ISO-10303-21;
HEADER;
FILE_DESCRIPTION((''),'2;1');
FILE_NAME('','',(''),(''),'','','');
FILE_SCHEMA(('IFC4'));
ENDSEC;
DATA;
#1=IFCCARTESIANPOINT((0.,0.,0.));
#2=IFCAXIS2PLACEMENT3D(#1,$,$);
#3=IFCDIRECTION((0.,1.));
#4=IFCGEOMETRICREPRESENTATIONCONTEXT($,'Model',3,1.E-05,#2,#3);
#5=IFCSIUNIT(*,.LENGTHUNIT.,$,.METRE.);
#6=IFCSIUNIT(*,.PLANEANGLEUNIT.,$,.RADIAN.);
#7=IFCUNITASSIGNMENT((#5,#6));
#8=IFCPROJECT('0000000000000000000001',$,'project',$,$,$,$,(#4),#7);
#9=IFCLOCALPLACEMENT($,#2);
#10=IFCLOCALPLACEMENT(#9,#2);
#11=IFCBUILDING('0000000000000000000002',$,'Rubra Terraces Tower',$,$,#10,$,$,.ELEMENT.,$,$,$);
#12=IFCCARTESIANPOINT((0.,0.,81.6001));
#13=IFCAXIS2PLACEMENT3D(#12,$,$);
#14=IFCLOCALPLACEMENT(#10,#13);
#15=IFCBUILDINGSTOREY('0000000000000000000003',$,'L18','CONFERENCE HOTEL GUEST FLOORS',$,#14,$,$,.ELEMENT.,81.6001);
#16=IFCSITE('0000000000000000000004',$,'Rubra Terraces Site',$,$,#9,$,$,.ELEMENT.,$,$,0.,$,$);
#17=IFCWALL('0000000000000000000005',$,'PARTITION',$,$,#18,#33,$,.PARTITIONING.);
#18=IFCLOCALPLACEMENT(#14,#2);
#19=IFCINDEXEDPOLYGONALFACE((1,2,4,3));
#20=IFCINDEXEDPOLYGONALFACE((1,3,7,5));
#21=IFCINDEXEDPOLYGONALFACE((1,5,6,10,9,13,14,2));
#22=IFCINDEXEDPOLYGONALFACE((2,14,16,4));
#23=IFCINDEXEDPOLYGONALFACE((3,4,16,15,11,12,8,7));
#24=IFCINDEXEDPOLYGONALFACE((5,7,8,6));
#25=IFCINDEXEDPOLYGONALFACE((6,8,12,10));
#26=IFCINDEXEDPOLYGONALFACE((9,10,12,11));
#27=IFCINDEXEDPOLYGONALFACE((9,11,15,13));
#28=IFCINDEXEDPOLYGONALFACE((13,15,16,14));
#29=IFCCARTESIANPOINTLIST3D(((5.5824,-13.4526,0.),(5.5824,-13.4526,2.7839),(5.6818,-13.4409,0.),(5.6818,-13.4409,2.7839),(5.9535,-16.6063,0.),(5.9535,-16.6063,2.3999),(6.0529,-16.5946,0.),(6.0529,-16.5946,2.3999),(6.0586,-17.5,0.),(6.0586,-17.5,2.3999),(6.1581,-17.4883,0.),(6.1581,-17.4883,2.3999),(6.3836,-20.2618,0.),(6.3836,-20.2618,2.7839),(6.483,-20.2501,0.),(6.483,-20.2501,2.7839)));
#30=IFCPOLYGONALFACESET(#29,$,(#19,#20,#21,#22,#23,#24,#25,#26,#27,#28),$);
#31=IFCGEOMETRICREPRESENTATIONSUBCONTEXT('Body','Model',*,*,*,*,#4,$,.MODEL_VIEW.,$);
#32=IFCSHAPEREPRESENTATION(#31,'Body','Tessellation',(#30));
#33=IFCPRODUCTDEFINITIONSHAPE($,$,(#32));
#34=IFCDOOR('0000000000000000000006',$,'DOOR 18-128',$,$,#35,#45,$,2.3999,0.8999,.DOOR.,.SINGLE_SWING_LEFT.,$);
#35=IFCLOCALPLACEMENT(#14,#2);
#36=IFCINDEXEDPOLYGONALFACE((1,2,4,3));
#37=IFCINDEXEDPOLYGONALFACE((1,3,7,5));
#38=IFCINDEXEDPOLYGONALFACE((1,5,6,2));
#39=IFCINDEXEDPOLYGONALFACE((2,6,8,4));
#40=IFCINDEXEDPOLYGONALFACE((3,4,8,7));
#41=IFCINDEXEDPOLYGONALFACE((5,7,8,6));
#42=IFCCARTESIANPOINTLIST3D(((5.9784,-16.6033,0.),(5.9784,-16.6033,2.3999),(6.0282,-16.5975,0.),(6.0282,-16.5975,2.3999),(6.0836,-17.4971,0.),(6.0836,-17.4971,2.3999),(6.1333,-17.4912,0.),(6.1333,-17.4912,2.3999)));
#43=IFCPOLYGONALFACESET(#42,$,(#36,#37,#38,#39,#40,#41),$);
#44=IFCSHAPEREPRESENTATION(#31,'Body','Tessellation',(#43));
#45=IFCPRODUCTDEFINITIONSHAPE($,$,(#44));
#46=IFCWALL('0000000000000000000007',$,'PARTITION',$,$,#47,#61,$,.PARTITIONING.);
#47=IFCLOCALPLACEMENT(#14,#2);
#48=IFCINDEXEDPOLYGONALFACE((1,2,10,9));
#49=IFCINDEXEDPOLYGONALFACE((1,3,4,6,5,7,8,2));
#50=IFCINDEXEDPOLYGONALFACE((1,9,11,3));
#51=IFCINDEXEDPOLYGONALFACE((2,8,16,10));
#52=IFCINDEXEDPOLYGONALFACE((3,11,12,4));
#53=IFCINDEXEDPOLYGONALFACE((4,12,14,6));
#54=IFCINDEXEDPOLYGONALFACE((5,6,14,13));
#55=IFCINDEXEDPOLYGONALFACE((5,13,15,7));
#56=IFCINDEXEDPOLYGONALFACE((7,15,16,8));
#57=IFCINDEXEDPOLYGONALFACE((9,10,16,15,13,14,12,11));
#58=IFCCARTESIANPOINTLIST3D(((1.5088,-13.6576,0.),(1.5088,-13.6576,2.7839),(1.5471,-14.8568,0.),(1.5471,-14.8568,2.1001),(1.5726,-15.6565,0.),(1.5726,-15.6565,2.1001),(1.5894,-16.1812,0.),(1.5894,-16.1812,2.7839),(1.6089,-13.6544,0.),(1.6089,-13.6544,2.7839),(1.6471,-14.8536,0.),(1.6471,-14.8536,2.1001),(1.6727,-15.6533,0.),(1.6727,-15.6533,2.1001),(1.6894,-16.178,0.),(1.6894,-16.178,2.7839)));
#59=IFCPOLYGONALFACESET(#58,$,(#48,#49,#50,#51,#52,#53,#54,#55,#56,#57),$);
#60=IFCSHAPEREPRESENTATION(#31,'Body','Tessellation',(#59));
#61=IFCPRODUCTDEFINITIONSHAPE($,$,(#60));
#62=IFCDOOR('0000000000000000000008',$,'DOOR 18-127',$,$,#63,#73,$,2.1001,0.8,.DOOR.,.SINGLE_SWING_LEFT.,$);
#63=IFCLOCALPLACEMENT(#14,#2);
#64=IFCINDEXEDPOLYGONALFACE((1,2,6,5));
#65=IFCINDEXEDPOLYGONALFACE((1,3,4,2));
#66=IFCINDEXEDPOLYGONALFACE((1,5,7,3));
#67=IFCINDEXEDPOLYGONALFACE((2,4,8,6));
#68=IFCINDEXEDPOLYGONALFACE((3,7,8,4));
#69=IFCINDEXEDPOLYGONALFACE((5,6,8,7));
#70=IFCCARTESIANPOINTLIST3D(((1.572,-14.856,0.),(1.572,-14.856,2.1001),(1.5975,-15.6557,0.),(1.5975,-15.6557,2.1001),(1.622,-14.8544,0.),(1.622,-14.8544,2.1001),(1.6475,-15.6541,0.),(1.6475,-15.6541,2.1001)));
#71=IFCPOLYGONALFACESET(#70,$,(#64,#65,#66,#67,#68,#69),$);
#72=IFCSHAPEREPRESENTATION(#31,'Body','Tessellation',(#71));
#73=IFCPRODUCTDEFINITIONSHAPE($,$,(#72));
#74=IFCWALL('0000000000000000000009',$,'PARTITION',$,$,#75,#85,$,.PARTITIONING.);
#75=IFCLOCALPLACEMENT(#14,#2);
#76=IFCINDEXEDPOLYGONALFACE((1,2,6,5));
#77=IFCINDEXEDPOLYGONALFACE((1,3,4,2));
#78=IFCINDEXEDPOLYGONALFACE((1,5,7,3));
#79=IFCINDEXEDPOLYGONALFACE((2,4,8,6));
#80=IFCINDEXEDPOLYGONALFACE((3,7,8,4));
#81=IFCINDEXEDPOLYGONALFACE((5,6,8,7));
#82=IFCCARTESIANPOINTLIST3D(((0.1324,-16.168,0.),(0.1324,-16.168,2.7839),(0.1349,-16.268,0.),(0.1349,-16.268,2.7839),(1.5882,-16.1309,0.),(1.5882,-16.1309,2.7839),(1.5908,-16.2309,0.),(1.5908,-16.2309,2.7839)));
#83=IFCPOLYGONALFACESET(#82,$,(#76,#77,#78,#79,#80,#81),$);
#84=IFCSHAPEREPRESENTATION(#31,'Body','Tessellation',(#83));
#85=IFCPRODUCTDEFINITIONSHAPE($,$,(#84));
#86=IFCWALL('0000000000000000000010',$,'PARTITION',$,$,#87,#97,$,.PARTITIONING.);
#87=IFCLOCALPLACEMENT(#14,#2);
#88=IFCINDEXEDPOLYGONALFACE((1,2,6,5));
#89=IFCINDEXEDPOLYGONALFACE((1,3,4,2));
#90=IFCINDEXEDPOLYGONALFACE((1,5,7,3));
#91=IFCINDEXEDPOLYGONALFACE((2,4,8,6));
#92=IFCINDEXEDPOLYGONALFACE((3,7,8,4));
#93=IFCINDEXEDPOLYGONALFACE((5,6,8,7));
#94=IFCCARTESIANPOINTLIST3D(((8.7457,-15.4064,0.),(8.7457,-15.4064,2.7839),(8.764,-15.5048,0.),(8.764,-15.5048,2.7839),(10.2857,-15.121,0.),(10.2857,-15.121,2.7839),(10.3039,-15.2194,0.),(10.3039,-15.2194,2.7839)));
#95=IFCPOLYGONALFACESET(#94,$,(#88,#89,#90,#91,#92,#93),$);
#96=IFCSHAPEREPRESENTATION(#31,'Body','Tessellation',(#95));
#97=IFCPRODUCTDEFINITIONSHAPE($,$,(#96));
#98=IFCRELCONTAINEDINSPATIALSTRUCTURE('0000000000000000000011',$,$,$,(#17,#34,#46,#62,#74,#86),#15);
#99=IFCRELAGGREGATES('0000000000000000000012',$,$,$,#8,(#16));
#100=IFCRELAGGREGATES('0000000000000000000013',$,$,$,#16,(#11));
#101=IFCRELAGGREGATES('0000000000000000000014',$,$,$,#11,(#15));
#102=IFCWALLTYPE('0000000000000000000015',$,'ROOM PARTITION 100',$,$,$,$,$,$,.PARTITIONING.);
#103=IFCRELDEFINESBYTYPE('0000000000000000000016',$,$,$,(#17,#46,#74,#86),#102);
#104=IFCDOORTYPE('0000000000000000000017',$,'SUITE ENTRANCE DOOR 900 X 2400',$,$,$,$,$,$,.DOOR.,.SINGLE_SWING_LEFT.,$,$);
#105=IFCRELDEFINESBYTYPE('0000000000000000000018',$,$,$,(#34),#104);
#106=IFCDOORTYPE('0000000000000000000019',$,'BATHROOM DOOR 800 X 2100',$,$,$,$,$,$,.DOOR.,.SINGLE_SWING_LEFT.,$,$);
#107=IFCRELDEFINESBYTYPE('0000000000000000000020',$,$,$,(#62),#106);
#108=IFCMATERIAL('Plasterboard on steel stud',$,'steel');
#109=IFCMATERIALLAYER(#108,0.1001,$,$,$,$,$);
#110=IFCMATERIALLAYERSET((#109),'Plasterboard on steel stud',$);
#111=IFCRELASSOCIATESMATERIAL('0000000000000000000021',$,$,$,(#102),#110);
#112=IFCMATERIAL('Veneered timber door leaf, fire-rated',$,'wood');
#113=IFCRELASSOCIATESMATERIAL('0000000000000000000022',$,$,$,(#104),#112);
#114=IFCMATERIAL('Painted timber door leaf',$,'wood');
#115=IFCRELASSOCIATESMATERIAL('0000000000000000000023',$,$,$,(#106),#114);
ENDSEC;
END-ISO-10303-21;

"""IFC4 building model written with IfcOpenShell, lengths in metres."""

from ifc_helpers import new_model, si_unit, direction, frame, frame_2d, origin, place, context, subcontext, project, spatial, rectangle, extrude, material, layer, layer_set, type_object, element, fill, save


model = new_model("IFC4")

# Units and contexts
model_context = context("Model", 3, precision=1e-05, world=origin(), true_north=direction((0.0, 1.0)))
body_context = subcontext(model_context, "Body", "Model", "MODEL_VIEW")
ifc_project = project(units=[si_unit("LENGTHUNIT", "METRE"), si_unit("PLANEANGLEUNIT", "RADIAN")], contexts=[model_context])

# Site, building, storey
site_placement = place(None, origin())
site = spatial("IfcSite", under=ifc_project, at=site_placement, Name="Rubra Terraces Site", CompositionType="ELEMENT", RefElevation=0.0)
building_placement = place(site_placement, origin())
building = spatial("IfcBuilding", under=site, at=building_placement, Name="Rubra Terraces Tower", CompositionType="ELEMENT")
storey_placement = place(building_placement, frame((0.0, 0.0, 81.6001)))
storey = spatial("IfcBuildingStorey", under=building, at=storey_placement, Name="L18", Description="CONFERENCE HOTEL GUEST FLOORS", CompositionType="ELEMENT", Elevation=81.6001)

# Walls, openings, doors
ifc_material_1 = material(Name="Plasterboard on steel stud", Category="steel")
ifc_layer_1 = layer(ifc_material_1, 0.1001)
ifc_layer_set_1 = layer_set([ifc_layer_1], Name="Plasterboard on steel stud")
wall_type_1 = type_object("IfcWallType", Name="ROOM PARTITION 100", PredefinedType="PARTITIONING", material=ifc_layer_set_1)
wall_1_placement = place(storey_placement, frame((6.4333, -20.2561, 0.0), z_axis=(0.0, 0.0, 1.0), x_axis=(-0.116866, 0.993148, 0.0)))
wall_1 = element("IfcWall", 1, at=wall_1_placement, inside=storey, type_object=wall_type_1, Name="PARTITION", PredefinedType="PARTITIONING", context=body_context, shape_type="SweptSolid", body=[
    extrude(rectangle(XDim=6.8562, YDim=0.1001, at=frame_2d((3.4282, 0.0))), origin(), (0.0, 0.0, 1.0), 2.7839),
])
opening_1_placement = place(wall_1_placement, frame((2.781, 0.0, 0.0)))
opening_1 = element("IfcOpeningElement", 2, at=opening_1_placement, cuts=wall_1, PredefinedType="OPENING", context=body_context, shape_type="SweptSolid", body=[
    extrude(rectangle(XDim=0.8999, YDim=2.3999, at=frame_2d((0.45, 1.2))), frame((0.0, 0.0601, 0.0), z_axis=(0.0, -1.0, 0.0), x_axis=(1.0, 0.0, 0.0)), (0.0, 0.0, 1.0), 0.1201),
])
ifc_material_2 = material(Name="Veneered timber door leaf, fire-rated", Category="wood")
door_type_1 = type_object("IfcDoorType", Name="SUITE ENTRANCE DOOR 900 X 2400", OperationType="SINGLE_SWING_LEFT", PredefinedType="DOOR", material=ifc_material_2)
door_1_placement = place(opening_1_placement, origin())
door_1 = element("IfcDoor", 3, at=door_1_placement, inside=storey, type_object=door_type_1, Name="DOOR 18-128", OperationType="SINGLE_SWING_LEFT", OverallHeight=2.3999, OverallWidth=0.8999, PredefinedType="DOOR", context=body_context, shape_type="SweptSolid", body=[
    extrude(rectangle(XDim=0.8999, YDim=2.3999, at=frame_2d((0.45, 1.2))), frame((0.0, 0.0249, 0.0), z_axis=(0.0, -1.0, 0.0), x_axis=(1.0, 0.0, 0.0)), (0.0, 0.0, 1.0), 0.05),
])
fill(opening_1, door_1)
wall_2_placement = place(storey_placement, frame((1.5588, -13.656, 0.0), z_axis=(0.0, 0.0, 1.0), x_axis=(0.031908, -0.999491, 0.0)))
wall_2 = element("IfcWall", 4, at=wall_2_placement, inside=storey, type_object=wall_type_1, Name="PARTITION", PredefinedType="PARTITIONING", context=body_context, shape_type="SweptSolid", body=[
    extrude(rectangle(XDim=2.5249, YDim=0.1001, at=frame_2d((1.2625, 0.0))), origin(), (0.0, 0.0, 1.0), 2.7839),
])
opening_2_placement = place(wall_2_placement, frame((1.2, 0.0, 0.0)))
opening_2 = element("IfcOpeningElement", 5, at=opening_2_placement, cuts=wall_2, PredefinedType="OPENING", context=body_context, shape_type="SweptSolid", body=[
    extrude(rectangle(XDim=0.8, YDim=2.1001, at=frame_2d((0.3999, 1.05))), frame((0.0, 0.0601, 0.0), z_axis=(0.0, -1.0, 0.0), x_axis=(1.0, 0.0, 0.0)), (0.0, 0.0, 1.0), 0.1201),
])
ifc_material_3 = material(Name="Painted timber door leaf", Category="wood")
door_type_2 = type_object("IfcDoorType", Name="BATHROOM DOOR 800 X 2100", OperationType="SINGLE_SWING_LEFT", PredefinedType="DOOR", material=ifc_material_3)
door_2_placement = place(opening_2_placement, origin())
door_2 = element("IfcDoor", 6, at=door_2_placement, inside=storey, type_object=door_type_2, Name="DOOR 18-127", OperationType="SINGLE_SWING_LEFT", OverallHeight=2.1001, OverallWidth=0.8, PredefinedType="DOOR", context=body_context, shape_type="SweptSolid", body=[
    extrude(rectangle(XDim=0.8, YDim=2.1001, at=frame_2d((0.3999, 1.05))), frame((0.0, 0.0249, 0.0), z_axis=(0.0, -1.0, 0.0), x_axis=(1.0, 0.0, 0.0)), (0.0, 0.0, 1.0), 0.05),
])
fill(opening_2, door_2)

# Walls
wall_3_placement = place(storey_placement, frame((1.5894, -16.1809, 0.0), z_axis=(0.0, 0.0, 1.0), x_axis=(-0.999675, -0.025482, 0.0)))
element("IfcWall", 7, at=wall_3_placement, inside=storey, type_object=wall_type_1, Name="PARTITION", PredefinedType="PARTITIONING", context=body_context, shape_type="SweptSolid", body=[
    extrude(rectangle(XDim=1.4563, YDim=0.1001, at=frame_2d((0.728, 0.0))), origin(), (0.0, 0.0, 1.0), 2.7839),
])
wall_4_placement = place(storey_placement, frame((10.2949, -15.1702, 0.0), z_axis=(0.0, 0.0, 1.0), x_axis=(-0.983258, -0.182218, 0.0)))
element("IfcWall", 8, at=wall_4_placement, inside=storey, type_object=wall_type_1, Name="PARTITION", PredefinedType="PARTITIONING", context=body_context, shape_type="SweptSolid", body=[
    extrude(rectangle(XDim=1.5662, YDim=0.1001, at=frame_2d((0.7832, 0.0))), origin(), (0.0, 0.0, 1.0), 2.7839),
])

save(model, "model.ifc")
